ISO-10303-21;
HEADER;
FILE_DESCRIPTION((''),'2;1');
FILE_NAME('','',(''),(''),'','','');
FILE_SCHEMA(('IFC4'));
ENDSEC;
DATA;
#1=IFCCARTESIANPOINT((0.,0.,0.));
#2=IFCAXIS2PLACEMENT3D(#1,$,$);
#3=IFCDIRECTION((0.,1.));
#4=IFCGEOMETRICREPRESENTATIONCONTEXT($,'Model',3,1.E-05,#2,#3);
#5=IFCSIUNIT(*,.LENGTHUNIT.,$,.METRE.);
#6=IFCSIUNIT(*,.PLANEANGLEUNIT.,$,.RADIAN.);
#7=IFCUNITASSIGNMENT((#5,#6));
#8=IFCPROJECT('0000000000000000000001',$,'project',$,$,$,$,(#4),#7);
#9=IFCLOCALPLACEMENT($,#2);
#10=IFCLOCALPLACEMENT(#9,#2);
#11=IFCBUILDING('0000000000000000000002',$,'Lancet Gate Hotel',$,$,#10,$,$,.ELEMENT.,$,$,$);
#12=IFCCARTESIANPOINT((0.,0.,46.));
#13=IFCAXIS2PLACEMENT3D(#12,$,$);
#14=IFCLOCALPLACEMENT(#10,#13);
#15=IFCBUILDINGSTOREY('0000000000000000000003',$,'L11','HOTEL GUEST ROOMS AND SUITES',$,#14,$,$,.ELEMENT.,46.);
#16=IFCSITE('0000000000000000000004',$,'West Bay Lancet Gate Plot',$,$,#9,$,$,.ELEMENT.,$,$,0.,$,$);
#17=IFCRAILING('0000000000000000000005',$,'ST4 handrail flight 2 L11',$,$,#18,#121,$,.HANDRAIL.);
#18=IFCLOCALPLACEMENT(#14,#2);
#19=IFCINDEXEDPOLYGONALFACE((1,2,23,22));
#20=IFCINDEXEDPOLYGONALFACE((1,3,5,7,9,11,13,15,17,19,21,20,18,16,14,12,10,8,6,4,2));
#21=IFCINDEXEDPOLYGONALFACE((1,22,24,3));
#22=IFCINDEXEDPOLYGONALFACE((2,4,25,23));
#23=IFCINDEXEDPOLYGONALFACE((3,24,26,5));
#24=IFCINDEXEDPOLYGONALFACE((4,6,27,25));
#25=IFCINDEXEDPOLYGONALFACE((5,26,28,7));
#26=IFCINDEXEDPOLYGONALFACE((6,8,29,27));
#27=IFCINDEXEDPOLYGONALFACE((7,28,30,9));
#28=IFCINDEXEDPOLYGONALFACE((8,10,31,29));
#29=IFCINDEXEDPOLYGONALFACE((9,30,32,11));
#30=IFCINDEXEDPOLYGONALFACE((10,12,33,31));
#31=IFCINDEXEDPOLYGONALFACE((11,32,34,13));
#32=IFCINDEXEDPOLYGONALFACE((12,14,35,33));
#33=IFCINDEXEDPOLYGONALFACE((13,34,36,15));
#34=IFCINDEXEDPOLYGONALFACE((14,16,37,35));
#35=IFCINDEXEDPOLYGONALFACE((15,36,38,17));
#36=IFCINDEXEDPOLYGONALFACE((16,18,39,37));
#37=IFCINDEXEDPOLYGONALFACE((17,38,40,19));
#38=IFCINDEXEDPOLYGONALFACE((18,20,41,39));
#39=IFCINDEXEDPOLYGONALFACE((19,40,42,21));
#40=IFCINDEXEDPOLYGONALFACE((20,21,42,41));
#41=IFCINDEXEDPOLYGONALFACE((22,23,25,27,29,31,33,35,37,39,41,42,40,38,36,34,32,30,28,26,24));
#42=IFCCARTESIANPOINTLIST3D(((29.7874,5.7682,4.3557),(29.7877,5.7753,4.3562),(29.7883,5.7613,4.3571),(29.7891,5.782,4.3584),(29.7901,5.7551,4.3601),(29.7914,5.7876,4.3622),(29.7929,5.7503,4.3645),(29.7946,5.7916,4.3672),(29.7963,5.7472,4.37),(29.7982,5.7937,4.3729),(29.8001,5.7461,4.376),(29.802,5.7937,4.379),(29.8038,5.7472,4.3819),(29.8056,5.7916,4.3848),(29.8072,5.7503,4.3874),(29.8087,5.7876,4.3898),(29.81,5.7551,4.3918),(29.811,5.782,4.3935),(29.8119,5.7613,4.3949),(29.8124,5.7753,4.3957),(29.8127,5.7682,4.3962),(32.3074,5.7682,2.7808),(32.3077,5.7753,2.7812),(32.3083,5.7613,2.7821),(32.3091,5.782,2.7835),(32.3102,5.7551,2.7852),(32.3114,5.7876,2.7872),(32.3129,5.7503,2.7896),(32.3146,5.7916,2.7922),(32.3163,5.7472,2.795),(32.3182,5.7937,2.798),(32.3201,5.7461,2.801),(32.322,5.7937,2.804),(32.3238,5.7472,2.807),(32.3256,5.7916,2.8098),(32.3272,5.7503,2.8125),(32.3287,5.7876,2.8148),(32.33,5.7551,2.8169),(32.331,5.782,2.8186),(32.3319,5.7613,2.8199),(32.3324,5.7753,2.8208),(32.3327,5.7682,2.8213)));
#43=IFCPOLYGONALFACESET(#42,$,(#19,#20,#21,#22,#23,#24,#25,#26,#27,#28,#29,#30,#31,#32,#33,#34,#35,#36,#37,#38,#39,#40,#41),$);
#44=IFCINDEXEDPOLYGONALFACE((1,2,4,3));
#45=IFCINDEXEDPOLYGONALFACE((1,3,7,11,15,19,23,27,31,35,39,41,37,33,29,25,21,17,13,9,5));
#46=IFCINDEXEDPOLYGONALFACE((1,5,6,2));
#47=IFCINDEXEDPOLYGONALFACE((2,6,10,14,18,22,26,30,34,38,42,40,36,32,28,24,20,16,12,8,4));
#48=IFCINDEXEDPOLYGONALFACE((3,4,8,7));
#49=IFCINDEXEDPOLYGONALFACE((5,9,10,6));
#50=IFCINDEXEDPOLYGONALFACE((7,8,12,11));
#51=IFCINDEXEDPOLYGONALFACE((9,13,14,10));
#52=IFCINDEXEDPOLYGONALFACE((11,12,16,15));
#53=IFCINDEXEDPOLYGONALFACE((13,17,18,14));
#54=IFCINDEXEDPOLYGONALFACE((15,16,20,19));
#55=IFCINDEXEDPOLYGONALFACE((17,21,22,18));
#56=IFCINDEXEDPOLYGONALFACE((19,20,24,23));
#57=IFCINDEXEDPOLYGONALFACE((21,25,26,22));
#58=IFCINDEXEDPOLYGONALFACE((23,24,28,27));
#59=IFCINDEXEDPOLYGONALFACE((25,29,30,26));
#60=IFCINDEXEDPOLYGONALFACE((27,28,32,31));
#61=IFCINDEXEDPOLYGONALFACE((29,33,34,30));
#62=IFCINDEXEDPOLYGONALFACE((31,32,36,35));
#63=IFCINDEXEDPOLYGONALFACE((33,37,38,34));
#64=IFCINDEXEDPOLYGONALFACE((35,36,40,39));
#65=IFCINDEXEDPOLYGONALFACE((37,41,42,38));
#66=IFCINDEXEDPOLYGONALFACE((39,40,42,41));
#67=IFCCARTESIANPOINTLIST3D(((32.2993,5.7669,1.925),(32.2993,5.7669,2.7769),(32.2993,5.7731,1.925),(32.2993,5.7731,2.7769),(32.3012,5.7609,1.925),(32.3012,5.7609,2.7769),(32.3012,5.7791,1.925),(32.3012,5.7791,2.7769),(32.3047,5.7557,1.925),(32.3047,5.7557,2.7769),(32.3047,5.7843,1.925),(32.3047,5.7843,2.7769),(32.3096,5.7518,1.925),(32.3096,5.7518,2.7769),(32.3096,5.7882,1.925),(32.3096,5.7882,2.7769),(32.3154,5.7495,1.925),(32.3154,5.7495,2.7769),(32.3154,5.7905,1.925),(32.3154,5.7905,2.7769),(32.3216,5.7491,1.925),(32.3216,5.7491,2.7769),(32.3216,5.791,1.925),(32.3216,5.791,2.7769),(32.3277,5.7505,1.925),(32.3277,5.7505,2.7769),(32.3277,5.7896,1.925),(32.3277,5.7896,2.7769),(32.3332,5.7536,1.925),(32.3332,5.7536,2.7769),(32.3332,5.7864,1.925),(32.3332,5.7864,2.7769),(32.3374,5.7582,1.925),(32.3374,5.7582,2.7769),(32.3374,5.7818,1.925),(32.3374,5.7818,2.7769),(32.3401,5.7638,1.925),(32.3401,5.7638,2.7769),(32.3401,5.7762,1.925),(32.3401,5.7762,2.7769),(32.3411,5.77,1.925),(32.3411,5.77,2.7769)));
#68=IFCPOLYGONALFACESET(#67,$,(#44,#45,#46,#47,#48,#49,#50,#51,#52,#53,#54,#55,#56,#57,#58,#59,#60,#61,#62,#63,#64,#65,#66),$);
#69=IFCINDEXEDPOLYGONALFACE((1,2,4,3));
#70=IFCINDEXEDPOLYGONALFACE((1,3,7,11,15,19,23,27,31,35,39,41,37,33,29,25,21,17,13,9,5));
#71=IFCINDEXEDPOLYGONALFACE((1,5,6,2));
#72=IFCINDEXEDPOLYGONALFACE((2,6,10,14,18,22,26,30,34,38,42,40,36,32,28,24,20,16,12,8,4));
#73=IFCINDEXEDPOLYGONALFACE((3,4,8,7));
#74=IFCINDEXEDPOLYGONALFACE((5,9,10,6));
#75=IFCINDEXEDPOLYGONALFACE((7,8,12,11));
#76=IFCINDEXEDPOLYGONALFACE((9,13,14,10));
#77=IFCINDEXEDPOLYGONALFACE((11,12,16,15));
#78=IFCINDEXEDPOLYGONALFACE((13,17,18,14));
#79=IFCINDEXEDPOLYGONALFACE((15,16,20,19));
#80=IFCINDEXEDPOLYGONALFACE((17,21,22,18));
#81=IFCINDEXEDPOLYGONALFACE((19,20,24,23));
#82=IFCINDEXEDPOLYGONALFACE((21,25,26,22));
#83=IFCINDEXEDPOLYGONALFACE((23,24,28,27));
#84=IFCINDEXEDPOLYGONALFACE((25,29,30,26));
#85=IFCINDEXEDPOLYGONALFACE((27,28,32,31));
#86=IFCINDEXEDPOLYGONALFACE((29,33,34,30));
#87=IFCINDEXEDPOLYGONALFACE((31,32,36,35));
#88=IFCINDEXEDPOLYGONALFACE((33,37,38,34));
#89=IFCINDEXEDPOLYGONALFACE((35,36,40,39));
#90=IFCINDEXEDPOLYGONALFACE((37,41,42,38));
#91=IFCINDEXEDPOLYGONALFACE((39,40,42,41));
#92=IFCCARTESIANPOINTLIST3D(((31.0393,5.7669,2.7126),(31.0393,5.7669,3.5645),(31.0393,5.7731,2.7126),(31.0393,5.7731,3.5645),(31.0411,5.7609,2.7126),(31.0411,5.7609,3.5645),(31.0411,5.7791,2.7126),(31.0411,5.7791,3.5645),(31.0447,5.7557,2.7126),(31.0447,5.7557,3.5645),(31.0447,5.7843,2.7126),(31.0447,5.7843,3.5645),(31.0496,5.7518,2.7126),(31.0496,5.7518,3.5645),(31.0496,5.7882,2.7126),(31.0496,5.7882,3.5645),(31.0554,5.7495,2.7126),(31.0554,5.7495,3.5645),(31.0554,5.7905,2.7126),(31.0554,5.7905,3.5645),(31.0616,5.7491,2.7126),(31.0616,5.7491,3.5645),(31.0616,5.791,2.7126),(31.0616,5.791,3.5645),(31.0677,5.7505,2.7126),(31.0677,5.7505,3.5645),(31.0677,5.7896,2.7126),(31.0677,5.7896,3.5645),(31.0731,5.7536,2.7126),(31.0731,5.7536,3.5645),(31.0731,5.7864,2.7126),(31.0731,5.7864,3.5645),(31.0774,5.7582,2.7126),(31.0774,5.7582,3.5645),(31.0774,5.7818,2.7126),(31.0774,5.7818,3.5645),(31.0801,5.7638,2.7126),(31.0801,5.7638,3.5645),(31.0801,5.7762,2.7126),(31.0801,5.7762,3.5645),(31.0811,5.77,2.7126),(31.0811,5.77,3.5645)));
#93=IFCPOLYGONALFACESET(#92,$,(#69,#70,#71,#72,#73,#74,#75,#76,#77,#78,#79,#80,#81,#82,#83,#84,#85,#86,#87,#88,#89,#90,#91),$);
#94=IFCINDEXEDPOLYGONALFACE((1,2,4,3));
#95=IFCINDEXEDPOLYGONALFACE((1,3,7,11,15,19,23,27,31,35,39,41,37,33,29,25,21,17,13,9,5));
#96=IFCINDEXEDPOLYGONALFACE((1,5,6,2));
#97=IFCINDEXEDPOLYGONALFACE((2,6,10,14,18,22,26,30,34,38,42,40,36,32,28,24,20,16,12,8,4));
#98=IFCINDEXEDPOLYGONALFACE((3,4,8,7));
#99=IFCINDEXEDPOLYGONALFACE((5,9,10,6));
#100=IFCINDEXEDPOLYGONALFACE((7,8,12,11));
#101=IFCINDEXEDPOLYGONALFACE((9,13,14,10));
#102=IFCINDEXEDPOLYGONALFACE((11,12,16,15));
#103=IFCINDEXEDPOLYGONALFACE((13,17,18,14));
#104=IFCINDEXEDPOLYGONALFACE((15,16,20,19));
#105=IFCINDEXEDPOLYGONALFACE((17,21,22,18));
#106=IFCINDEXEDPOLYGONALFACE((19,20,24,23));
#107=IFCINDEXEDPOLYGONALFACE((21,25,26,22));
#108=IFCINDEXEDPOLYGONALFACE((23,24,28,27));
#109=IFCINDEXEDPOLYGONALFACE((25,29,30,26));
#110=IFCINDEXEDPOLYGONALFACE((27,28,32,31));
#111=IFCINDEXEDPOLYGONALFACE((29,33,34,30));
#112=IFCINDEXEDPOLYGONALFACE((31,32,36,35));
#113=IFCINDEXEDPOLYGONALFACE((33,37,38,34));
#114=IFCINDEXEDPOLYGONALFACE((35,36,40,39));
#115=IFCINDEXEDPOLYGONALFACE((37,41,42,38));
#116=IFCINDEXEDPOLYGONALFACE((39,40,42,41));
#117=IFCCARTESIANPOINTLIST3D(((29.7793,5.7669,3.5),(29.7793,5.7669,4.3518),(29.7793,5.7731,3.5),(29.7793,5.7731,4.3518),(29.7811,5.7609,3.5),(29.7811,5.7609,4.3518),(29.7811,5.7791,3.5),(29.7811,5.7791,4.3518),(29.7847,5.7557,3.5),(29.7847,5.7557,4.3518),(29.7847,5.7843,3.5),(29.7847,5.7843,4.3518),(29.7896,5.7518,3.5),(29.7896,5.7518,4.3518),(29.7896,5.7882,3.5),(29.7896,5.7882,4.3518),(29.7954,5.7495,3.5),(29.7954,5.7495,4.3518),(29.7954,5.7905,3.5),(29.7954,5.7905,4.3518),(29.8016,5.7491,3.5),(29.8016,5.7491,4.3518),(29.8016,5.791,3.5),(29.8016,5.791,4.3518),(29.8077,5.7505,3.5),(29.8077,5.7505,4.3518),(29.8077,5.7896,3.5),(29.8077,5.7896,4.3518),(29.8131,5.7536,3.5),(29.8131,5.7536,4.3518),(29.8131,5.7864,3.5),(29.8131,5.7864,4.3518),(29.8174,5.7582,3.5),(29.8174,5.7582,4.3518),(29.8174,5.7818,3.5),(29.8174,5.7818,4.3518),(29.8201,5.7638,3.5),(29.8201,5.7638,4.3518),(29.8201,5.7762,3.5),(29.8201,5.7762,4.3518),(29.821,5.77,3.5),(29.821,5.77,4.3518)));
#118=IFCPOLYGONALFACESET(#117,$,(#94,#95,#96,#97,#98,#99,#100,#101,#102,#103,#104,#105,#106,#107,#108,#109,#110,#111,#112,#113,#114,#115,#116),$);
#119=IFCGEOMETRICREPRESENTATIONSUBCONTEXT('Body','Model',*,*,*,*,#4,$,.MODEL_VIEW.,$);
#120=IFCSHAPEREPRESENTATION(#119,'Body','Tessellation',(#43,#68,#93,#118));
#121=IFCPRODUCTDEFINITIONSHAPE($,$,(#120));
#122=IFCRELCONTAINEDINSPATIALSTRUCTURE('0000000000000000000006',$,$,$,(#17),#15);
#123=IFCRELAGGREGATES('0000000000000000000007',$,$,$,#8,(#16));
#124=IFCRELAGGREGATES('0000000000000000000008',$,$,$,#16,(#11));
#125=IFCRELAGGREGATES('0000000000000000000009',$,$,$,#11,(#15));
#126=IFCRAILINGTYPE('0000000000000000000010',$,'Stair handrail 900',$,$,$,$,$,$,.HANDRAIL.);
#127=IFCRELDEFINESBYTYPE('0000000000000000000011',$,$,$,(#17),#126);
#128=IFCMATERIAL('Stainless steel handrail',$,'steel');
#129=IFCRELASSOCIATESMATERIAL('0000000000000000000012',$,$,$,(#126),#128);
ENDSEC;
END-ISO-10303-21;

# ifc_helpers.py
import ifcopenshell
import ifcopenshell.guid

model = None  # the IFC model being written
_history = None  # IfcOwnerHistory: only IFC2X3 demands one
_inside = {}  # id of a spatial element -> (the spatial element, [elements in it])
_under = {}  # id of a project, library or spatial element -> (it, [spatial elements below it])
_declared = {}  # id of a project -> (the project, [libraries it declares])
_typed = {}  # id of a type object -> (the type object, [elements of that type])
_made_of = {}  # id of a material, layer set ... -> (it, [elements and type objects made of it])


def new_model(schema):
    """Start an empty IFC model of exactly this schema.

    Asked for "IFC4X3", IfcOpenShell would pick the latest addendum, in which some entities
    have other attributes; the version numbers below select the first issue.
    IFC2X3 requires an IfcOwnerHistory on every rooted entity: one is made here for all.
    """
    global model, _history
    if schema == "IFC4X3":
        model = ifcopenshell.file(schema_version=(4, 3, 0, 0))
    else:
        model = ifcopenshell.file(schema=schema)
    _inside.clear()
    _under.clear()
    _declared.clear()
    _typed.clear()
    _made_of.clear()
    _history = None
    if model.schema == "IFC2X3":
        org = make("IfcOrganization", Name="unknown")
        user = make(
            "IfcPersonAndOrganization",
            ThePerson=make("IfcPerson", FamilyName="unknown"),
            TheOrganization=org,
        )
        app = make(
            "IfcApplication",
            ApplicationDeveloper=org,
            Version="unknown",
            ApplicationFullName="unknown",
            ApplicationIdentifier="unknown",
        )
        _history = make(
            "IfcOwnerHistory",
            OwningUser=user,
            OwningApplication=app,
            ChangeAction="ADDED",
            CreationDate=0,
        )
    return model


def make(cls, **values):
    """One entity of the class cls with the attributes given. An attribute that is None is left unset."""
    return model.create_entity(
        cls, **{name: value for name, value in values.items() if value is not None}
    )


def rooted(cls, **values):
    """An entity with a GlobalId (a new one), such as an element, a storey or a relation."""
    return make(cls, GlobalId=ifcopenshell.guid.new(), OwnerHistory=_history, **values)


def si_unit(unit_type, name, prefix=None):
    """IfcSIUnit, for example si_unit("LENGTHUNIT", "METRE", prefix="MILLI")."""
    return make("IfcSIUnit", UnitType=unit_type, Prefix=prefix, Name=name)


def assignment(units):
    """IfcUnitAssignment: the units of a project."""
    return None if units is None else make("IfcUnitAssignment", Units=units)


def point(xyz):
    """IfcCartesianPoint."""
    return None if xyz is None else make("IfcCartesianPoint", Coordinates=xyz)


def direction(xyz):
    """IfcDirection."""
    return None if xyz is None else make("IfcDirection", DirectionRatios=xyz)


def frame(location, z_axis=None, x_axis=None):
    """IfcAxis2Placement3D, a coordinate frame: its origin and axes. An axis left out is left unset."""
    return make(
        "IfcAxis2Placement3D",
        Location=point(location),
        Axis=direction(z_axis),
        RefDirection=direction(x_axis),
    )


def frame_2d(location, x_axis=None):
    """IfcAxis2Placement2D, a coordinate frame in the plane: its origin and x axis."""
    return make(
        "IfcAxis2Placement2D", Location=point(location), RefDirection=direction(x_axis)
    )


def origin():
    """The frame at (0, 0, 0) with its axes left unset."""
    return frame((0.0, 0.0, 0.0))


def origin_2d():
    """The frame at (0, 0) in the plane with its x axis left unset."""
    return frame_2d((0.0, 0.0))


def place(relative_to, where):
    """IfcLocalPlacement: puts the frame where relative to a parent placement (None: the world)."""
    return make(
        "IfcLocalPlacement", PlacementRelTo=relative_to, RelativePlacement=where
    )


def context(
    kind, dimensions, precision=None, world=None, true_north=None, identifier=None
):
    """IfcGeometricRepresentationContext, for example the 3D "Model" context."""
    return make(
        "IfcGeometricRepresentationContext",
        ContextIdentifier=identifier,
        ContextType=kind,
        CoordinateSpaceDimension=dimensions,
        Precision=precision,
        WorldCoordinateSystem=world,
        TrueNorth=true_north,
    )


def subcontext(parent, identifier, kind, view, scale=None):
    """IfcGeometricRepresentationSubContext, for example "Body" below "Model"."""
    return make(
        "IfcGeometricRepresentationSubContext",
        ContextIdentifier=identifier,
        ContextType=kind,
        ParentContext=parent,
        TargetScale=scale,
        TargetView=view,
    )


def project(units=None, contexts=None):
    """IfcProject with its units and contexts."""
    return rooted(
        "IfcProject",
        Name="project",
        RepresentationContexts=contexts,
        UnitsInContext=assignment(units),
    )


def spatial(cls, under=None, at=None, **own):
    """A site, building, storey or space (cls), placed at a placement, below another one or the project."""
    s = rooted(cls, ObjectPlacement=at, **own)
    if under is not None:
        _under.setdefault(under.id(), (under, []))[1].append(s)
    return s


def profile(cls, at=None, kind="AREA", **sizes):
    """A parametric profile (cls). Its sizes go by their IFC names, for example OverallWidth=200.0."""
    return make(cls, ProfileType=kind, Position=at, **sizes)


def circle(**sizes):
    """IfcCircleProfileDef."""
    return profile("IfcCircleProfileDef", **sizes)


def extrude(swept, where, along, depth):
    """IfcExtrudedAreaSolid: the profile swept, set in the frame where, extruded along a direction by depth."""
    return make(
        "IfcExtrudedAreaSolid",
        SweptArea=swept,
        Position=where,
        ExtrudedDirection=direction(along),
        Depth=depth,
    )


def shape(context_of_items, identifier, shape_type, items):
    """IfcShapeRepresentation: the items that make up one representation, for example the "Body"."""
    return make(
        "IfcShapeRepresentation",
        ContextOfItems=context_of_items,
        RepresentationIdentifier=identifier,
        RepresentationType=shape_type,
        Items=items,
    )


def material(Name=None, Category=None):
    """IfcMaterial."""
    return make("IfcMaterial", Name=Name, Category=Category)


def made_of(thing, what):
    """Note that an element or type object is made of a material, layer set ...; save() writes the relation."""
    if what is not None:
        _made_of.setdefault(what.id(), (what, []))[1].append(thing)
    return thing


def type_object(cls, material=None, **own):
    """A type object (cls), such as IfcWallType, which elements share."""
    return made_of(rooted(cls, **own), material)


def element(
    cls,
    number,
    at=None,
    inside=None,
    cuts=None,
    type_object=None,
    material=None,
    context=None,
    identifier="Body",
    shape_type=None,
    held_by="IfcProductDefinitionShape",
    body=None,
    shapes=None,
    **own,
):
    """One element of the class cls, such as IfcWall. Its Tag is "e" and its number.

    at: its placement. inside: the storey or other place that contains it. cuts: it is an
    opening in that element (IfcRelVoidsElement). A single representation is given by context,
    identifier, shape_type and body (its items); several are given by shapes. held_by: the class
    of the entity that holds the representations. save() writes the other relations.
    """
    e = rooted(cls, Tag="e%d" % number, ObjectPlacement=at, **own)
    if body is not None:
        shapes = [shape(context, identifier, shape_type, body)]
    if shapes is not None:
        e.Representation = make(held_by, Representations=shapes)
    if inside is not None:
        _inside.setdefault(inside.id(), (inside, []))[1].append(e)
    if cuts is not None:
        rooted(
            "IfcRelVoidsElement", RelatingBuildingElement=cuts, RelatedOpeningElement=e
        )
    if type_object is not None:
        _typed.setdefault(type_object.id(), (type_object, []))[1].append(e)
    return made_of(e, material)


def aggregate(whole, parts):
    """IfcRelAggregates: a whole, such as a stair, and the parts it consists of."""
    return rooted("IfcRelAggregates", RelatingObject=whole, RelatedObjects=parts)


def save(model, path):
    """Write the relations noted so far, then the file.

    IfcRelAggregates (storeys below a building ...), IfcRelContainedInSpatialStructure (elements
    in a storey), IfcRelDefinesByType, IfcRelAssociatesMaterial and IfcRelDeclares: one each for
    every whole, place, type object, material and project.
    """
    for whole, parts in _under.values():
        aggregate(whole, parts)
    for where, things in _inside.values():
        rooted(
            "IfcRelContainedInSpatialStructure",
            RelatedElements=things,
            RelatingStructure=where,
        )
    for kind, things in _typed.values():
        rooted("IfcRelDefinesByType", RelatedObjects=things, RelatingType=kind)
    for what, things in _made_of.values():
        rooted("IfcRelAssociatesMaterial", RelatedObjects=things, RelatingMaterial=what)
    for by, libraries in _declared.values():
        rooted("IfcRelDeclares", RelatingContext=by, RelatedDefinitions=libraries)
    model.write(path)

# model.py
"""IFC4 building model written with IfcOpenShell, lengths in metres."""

from ifc_helpers import new_model, si_unit, direction, frame, origin, origin_2d, place, context, subcontext, project, spatial, circle, extrude, material, type_object, element, save


model = new_model("IFC4")

# Units and contexts
model_context = context("Model", 3, precision=1e-05, world=origin(), true_north=direction((0.0, 1.0)))
body_context = subcontext(model_context, "Body", "Model", "MODEL_VIEW")
ifc_project = project(units=[si_unit("LENGTHUNIT", "METRE"), si_unit("PLANEANGLEUNIT", "RADIAN")], contexts=[model_context])

# Site, building, storey
site_placement = place(None, origin())
site = spatial("IfcSite", under=ifc_project, at=site_placement, Name="West Bay Lancet Gate Plot", CompositionType="ELEMENT", RefElevation=0.0)
building_placement = place(site_placement, origin())
building = spatial("IfcBuilding", under=site, at=building_placement, Name="Lancet Gate Hotel", CompositionType="ELEMENT")
storey_placement = place(building_placement, frame((0.0, 0.0, 46.0)))
storey = spatial("IfcBuildingStorey", under=building, at=storey_placement, Name="L11", Description="HOTEL GUEST ROOMS AND SUITES", CompositionType="ELEMENT", Elevation=46.0)

# Railing
ifc_material_1 = material(Name="Stainless steel handrail", Category="steel")
railing_type = type_object("IfcRailingType", Name="Stair handrail 900", PredefinedType="HANDRAIL", material=ifc_material_1)
railing_1_placement = place(storey_placement, frame((32.3201, 5.77, 1.925)))
element("IfcRailing", 1, at=railing_1_placement, inside=storey, type_object=railing_type, Name="ST4 handrail flight 2 L11", PredefinedType="HANDRAIL", context=body_context, shape_type="SweptSolid", body=[
    extrude(circle(Radius=0.0239, at=origin_2d()), frame((0.0, 0.0, 0.876), z_axis=(-0.848008, 0.0, 0.529984), x_axis=(0.0, -1.0, 0.0)), (0.0, 0.0, 1.0), 2.9717),
    extrude(circle(Radius=0.021, at=origin_2d()), origin(), (0.0, 0.0, 1.0), 0.8518),
    extrude(circle(Radius=0.021, at=origin_2d()), frame((-1.26, 0.0, 0.7876)), (0.0, 0.0, 1.0), 0.8518),
    extrude(circle(Radius=0.021, at=origin_2d()), frame((-2.52, 0.0, 1.575)), (0.0, 0.0, 1.0), 0.8518),
])

save(model, "model.ifc")
